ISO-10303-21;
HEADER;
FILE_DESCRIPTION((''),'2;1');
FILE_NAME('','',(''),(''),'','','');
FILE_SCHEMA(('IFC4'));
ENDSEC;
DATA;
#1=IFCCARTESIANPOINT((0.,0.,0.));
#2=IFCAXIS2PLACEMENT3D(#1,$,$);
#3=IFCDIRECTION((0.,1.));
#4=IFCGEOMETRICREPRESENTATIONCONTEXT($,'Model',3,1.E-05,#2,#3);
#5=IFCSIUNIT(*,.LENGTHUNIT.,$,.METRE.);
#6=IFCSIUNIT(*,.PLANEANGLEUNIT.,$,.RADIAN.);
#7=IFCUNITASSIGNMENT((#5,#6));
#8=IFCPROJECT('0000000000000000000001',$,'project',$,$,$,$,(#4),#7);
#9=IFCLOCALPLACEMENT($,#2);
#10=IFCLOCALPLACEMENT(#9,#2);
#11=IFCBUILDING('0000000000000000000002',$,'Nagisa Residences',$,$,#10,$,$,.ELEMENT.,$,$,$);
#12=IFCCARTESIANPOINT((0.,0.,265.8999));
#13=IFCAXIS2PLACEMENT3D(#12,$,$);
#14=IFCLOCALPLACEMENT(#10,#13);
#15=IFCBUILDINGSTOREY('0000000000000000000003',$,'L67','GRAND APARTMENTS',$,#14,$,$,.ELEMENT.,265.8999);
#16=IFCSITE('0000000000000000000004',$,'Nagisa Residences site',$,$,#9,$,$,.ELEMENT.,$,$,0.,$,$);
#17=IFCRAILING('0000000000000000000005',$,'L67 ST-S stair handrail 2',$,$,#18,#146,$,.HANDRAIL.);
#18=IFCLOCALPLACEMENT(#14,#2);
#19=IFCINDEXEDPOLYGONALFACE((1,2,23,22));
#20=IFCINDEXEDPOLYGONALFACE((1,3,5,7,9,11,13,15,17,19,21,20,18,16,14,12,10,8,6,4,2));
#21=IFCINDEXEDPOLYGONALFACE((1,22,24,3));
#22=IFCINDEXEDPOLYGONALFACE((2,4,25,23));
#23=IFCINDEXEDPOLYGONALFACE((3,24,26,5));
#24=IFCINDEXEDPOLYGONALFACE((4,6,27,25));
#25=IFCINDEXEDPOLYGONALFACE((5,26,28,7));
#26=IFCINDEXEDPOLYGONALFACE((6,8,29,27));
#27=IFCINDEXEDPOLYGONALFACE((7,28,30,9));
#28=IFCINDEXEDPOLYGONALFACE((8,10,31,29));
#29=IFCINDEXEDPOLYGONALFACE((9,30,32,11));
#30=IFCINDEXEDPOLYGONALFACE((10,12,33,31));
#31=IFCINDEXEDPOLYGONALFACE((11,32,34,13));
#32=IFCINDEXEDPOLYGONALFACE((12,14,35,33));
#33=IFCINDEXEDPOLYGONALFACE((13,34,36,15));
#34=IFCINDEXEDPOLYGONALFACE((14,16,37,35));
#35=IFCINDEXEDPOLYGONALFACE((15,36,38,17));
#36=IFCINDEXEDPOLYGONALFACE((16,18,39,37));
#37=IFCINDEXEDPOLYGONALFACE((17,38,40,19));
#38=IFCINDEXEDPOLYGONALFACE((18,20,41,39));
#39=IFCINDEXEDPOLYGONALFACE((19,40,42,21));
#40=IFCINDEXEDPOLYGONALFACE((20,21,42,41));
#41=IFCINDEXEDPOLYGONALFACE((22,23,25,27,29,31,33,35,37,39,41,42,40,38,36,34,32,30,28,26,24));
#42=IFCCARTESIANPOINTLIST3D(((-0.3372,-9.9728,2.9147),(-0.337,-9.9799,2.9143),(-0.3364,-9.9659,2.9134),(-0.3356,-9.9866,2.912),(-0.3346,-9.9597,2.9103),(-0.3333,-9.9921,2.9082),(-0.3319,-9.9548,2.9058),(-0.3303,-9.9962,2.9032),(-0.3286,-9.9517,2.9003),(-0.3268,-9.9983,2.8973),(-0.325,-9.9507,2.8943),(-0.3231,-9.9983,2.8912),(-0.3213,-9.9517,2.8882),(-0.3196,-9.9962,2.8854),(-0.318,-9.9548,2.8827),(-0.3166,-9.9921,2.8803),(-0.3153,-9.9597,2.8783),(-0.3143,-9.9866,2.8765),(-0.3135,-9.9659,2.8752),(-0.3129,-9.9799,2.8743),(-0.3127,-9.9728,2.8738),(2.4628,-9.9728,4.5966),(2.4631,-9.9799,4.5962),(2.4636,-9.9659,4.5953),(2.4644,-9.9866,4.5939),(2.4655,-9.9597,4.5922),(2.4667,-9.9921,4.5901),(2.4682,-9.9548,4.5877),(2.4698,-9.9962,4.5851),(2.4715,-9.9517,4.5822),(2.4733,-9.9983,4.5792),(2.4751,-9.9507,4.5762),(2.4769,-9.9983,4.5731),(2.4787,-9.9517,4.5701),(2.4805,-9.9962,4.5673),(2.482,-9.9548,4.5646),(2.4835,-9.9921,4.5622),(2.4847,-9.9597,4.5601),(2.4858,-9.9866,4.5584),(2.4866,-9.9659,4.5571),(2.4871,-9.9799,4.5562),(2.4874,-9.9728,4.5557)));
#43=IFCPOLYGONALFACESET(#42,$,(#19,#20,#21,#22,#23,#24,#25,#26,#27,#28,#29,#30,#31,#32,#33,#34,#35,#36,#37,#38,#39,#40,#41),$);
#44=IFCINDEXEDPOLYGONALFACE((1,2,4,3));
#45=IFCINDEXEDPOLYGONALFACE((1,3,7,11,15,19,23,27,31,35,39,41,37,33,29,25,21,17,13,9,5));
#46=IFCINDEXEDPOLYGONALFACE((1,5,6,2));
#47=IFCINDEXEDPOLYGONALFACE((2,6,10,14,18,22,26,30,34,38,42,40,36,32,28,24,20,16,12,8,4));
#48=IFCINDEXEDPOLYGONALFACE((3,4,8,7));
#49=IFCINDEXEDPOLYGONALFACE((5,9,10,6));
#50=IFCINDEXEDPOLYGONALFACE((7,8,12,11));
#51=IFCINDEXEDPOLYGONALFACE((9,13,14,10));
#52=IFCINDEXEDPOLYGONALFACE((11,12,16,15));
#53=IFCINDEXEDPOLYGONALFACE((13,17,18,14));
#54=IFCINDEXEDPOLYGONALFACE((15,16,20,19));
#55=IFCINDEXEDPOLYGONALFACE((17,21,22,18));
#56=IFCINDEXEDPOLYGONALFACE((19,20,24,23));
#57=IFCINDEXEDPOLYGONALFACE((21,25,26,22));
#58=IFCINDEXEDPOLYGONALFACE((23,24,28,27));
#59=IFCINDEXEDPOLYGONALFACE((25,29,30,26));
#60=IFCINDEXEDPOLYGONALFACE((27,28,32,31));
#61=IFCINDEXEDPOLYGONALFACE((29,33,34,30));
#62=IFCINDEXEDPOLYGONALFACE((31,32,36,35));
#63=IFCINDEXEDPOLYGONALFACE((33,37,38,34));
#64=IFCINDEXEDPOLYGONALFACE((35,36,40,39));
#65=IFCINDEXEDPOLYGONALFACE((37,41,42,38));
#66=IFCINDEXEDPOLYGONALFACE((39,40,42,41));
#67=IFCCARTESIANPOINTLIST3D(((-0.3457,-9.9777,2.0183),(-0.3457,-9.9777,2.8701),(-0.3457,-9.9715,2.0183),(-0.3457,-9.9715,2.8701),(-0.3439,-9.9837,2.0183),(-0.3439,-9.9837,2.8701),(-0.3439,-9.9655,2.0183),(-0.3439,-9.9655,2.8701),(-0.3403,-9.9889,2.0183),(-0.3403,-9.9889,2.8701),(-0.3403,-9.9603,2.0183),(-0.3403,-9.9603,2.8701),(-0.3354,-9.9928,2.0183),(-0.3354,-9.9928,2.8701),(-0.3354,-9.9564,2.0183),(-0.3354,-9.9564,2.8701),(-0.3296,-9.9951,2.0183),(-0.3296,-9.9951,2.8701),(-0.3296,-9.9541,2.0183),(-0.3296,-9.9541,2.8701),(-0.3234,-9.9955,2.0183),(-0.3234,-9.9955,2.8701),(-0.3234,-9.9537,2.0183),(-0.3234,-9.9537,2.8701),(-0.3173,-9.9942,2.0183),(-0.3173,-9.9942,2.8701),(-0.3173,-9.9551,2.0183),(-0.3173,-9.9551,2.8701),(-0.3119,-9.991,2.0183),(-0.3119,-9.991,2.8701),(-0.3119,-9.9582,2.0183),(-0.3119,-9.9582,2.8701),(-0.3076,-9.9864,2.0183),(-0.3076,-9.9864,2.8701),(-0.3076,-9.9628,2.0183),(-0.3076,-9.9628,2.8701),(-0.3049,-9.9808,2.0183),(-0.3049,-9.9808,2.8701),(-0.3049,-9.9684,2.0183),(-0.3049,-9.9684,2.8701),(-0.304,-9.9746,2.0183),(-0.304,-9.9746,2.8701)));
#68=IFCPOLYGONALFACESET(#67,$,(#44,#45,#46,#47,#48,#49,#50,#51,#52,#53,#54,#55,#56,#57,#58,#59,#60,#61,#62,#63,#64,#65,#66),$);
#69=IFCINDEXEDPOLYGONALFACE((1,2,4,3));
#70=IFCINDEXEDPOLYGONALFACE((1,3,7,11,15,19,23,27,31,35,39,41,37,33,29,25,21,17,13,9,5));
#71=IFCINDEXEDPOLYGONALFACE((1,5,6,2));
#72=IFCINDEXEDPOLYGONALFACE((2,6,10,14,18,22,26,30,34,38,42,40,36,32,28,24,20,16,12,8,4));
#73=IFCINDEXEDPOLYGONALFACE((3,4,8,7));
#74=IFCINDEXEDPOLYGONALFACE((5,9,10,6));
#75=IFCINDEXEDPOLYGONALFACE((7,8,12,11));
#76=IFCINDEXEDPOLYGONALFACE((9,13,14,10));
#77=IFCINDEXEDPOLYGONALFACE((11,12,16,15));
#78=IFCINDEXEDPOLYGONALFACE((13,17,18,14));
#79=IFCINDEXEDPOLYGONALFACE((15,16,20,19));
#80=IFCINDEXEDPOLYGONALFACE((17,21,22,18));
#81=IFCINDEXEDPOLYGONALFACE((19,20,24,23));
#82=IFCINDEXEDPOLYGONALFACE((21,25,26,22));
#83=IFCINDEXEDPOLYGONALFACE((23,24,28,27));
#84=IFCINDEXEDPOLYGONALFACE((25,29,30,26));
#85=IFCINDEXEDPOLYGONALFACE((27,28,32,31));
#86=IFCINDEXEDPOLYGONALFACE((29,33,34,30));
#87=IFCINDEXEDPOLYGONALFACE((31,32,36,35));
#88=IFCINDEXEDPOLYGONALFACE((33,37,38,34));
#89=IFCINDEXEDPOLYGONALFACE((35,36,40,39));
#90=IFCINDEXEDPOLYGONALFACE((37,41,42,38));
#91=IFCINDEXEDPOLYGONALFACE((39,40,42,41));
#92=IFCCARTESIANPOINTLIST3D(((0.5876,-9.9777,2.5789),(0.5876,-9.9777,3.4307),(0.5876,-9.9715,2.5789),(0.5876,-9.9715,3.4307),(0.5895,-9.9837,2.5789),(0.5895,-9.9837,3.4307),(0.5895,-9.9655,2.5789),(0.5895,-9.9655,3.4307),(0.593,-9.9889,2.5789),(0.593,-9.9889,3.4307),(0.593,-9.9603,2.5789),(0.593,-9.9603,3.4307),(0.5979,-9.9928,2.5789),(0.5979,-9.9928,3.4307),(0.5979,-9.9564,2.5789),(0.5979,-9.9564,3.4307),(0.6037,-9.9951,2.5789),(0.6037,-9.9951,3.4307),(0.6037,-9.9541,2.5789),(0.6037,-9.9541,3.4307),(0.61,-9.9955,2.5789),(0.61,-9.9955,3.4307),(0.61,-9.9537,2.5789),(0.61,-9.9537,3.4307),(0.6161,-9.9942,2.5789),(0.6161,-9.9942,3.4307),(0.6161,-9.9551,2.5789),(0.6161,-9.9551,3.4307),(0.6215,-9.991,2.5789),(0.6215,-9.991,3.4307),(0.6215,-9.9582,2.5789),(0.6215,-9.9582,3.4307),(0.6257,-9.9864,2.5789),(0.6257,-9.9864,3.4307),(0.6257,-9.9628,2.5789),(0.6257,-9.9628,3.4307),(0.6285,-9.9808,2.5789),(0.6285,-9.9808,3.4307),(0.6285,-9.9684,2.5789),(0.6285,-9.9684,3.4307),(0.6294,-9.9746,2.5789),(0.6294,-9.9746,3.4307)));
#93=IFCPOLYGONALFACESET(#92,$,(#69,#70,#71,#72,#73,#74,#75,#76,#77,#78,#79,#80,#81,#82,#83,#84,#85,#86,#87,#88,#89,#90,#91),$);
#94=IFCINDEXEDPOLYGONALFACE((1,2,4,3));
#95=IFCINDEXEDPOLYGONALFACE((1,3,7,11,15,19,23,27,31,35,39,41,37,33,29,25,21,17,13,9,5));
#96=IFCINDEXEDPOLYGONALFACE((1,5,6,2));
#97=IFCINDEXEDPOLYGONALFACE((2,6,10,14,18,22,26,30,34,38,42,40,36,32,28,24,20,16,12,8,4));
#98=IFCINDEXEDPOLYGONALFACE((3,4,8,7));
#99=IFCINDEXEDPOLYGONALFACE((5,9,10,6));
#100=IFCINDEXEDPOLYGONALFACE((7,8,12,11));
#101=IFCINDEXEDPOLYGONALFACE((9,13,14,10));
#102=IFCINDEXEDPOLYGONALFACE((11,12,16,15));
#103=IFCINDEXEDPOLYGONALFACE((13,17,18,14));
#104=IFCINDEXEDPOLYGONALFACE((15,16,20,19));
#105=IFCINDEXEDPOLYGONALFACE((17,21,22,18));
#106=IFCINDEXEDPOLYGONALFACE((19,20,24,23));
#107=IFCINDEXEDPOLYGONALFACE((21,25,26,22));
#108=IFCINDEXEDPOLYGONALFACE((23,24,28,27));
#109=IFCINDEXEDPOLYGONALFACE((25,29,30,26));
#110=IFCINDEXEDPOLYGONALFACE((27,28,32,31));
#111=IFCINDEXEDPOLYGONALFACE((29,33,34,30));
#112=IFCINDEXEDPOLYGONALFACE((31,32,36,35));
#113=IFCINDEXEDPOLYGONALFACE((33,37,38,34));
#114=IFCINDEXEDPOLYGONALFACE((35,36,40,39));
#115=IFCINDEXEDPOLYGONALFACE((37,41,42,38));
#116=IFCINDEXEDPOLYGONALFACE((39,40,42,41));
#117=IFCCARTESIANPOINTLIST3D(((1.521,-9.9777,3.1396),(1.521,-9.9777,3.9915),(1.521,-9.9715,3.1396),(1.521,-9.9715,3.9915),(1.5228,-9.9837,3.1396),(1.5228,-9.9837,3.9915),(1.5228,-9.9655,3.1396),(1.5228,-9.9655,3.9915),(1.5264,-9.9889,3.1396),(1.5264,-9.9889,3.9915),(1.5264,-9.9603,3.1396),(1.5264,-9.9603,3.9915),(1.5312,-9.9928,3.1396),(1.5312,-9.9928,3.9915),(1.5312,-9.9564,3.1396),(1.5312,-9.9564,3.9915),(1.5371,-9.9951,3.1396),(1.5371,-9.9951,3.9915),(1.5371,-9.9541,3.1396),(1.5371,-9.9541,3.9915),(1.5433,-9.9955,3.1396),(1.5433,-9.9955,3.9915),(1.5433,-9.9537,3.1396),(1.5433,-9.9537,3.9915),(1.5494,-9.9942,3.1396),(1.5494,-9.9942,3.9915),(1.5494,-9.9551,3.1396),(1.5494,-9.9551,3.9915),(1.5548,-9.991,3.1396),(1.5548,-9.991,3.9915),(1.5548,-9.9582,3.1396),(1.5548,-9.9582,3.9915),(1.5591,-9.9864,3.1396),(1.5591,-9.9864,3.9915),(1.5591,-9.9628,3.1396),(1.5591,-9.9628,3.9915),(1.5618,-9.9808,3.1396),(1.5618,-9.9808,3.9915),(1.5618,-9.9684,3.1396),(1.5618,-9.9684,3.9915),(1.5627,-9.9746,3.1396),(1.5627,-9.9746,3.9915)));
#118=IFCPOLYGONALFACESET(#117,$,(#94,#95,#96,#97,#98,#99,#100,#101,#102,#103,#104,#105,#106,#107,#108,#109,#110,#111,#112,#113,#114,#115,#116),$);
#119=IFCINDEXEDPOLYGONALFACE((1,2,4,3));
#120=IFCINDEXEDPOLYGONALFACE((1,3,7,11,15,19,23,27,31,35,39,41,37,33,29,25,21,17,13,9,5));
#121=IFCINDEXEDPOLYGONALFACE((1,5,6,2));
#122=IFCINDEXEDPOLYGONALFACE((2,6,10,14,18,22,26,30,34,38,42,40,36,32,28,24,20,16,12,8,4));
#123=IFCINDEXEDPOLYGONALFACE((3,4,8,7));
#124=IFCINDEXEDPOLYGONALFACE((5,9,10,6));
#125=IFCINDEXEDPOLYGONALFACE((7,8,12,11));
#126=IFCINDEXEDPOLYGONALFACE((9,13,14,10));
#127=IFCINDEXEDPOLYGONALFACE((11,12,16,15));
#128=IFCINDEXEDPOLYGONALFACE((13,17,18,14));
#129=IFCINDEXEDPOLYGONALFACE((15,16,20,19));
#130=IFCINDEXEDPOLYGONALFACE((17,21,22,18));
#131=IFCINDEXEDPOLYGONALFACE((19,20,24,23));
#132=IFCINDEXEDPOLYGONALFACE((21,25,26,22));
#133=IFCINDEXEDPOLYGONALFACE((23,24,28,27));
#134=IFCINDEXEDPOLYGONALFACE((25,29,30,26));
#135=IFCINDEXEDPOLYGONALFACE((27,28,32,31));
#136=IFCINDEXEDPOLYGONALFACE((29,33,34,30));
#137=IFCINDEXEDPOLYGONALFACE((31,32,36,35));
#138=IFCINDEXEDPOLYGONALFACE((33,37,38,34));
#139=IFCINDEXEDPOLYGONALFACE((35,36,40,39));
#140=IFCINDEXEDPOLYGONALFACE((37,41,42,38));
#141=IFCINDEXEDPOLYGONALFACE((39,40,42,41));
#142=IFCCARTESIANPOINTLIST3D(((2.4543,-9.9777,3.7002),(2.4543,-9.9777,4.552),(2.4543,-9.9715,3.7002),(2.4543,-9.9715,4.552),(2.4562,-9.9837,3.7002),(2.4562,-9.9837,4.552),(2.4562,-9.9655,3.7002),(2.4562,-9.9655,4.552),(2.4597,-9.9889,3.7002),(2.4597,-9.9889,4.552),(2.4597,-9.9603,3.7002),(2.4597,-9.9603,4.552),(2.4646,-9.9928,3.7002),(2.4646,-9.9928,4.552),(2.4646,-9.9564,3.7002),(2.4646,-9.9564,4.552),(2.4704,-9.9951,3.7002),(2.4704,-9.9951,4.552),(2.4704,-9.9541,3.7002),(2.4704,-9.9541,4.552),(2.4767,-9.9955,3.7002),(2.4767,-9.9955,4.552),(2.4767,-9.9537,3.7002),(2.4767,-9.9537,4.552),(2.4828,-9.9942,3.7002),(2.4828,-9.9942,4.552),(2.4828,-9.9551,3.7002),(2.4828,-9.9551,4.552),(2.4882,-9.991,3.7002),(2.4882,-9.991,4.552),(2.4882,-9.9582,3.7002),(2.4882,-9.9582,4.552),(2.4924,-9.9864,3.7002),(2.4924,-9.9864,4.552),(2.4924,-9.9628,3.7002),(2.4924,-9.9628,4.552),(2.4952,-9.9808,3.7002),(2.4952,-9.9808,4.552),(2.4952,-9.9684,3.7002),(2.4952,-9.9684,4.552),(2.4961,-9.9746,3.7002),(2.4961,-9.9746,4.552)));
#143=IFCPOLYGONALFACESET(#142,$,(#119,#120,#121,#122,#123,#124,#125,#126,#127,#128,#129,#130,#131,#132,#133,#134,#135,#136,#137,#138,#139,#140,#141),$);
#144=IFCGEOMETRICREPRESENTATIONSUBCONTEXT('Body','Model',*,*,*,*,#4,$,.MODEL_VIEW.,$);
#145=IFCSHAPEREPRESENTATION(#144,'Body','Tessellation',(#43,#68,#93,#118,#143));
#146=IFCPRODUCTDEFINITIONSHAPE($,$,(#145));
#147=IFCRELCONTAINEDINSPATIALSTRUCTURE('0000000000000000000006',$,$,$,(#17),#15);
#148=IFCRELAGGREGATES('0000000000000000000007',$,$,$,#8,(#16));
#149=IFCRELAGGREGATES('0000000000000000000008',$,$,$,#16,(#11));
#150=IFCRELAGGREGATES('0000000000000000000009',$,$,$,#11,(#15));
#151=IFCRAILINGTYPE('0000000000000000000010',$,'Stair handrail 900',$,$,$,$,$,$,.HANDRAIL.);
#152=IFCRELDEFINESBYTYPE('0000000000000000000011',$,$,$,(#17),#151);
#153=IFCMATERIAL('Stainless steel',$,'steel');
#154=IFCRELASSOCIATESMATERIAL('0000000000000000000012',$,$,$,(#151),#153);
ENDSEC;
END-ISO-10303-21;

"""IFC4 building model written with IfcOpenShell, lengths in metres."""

from ifc_helpers import new_model, si_unit, direction, frame, origin, origin_2d, place, context, subcontext, project, spatial, circle, extrude, material, type_object, element, save


model = new_model("IFC4")

# Units and contexts
model_context = context("Model", 3, precision=1e-05, world=origin(), true_north=direction((0.0, 1.0)))
body_context = subcontext(model_context, "Body", "Model", "MODEL_VIEW")
ifc_project = project(units=[si_unit("LENGTHUNIT", "METRE"), si_unit("PLANEANGLEUNIT", "RADIAN")], contexts=[model_context])

# Site, building, storey
site_placement = place(None, origin())
site = spatial("IfcSite", under=ifc_project, at=site_placement, Name="Nagisa Residences site", CompositionType="ELEMENT", RefElevation=0.0)
building_placement = place(site_placement, origin())
building = spatial("IfcBuilding", under=site, at=building_placement, Name="Nagisa Residences", CompositionType="ELEMENT")
storey_placement = place(building_placement, frame((0.0, 0.0, 265.8999)))
storey = spatial("IfcBuildingStorey", under=building, at=storey_placement, Name="L67", Description="GRAND APARTMENTS", CompositionType="ELEMENT", Elevation=265.8999)

# Railing
ifc_material_1 = material(Name="Stainless steel", Category="steel")
railing_type = type_object("IfcRailingType", Name="Stair handrail 900", PredefinedType="HANDRAIL", material=ifc_material_1)
railing_placement = place(storey_placement, frame((-0.325, -9.9746, 2.0183)))
element("IfcRailing", 1, at=railing_placement, inside=storey, type_object=railing_type, Name="L67 ST-S stair handrail 2", PredefinedType="HANDRAIL", context=body_context, shape_type="SweptSolid", body=[
    extrude(circle(Radius=0.0239, at=origin_2d()), frame((0.0, 0.0, 0.876), z_axis=(0.857242, 0.0, 0.514913), x_axis=(0.0, 1.0, 0.0)), (0.0, 0.0, 1.0), 3.2664),
    extrude(circle(Radius=0.021, at=origin_2d()), origin(), (0.0, 0.0, 1.0), 0.8518),
    extrude(circle(Radius=0.021, at=origin_2d()), frame((0.9333, 0.0, 0.5605)), (0.0, 0.0, 1.0), 0.8518),
    extrude(circle(Radius=0.021, at=origin_2d()), frame((1.8667, 0.0, 1.1213)), (0.0, 0.0, 1.0), 0.8518),
    extrude(circle(Radius=0.021, at=origin_2d()), frame((2.8, 0.0, 1.6819)), (0.0, 0.0, 1.0), 0.8518),
])

save(model, "model.ifc")
